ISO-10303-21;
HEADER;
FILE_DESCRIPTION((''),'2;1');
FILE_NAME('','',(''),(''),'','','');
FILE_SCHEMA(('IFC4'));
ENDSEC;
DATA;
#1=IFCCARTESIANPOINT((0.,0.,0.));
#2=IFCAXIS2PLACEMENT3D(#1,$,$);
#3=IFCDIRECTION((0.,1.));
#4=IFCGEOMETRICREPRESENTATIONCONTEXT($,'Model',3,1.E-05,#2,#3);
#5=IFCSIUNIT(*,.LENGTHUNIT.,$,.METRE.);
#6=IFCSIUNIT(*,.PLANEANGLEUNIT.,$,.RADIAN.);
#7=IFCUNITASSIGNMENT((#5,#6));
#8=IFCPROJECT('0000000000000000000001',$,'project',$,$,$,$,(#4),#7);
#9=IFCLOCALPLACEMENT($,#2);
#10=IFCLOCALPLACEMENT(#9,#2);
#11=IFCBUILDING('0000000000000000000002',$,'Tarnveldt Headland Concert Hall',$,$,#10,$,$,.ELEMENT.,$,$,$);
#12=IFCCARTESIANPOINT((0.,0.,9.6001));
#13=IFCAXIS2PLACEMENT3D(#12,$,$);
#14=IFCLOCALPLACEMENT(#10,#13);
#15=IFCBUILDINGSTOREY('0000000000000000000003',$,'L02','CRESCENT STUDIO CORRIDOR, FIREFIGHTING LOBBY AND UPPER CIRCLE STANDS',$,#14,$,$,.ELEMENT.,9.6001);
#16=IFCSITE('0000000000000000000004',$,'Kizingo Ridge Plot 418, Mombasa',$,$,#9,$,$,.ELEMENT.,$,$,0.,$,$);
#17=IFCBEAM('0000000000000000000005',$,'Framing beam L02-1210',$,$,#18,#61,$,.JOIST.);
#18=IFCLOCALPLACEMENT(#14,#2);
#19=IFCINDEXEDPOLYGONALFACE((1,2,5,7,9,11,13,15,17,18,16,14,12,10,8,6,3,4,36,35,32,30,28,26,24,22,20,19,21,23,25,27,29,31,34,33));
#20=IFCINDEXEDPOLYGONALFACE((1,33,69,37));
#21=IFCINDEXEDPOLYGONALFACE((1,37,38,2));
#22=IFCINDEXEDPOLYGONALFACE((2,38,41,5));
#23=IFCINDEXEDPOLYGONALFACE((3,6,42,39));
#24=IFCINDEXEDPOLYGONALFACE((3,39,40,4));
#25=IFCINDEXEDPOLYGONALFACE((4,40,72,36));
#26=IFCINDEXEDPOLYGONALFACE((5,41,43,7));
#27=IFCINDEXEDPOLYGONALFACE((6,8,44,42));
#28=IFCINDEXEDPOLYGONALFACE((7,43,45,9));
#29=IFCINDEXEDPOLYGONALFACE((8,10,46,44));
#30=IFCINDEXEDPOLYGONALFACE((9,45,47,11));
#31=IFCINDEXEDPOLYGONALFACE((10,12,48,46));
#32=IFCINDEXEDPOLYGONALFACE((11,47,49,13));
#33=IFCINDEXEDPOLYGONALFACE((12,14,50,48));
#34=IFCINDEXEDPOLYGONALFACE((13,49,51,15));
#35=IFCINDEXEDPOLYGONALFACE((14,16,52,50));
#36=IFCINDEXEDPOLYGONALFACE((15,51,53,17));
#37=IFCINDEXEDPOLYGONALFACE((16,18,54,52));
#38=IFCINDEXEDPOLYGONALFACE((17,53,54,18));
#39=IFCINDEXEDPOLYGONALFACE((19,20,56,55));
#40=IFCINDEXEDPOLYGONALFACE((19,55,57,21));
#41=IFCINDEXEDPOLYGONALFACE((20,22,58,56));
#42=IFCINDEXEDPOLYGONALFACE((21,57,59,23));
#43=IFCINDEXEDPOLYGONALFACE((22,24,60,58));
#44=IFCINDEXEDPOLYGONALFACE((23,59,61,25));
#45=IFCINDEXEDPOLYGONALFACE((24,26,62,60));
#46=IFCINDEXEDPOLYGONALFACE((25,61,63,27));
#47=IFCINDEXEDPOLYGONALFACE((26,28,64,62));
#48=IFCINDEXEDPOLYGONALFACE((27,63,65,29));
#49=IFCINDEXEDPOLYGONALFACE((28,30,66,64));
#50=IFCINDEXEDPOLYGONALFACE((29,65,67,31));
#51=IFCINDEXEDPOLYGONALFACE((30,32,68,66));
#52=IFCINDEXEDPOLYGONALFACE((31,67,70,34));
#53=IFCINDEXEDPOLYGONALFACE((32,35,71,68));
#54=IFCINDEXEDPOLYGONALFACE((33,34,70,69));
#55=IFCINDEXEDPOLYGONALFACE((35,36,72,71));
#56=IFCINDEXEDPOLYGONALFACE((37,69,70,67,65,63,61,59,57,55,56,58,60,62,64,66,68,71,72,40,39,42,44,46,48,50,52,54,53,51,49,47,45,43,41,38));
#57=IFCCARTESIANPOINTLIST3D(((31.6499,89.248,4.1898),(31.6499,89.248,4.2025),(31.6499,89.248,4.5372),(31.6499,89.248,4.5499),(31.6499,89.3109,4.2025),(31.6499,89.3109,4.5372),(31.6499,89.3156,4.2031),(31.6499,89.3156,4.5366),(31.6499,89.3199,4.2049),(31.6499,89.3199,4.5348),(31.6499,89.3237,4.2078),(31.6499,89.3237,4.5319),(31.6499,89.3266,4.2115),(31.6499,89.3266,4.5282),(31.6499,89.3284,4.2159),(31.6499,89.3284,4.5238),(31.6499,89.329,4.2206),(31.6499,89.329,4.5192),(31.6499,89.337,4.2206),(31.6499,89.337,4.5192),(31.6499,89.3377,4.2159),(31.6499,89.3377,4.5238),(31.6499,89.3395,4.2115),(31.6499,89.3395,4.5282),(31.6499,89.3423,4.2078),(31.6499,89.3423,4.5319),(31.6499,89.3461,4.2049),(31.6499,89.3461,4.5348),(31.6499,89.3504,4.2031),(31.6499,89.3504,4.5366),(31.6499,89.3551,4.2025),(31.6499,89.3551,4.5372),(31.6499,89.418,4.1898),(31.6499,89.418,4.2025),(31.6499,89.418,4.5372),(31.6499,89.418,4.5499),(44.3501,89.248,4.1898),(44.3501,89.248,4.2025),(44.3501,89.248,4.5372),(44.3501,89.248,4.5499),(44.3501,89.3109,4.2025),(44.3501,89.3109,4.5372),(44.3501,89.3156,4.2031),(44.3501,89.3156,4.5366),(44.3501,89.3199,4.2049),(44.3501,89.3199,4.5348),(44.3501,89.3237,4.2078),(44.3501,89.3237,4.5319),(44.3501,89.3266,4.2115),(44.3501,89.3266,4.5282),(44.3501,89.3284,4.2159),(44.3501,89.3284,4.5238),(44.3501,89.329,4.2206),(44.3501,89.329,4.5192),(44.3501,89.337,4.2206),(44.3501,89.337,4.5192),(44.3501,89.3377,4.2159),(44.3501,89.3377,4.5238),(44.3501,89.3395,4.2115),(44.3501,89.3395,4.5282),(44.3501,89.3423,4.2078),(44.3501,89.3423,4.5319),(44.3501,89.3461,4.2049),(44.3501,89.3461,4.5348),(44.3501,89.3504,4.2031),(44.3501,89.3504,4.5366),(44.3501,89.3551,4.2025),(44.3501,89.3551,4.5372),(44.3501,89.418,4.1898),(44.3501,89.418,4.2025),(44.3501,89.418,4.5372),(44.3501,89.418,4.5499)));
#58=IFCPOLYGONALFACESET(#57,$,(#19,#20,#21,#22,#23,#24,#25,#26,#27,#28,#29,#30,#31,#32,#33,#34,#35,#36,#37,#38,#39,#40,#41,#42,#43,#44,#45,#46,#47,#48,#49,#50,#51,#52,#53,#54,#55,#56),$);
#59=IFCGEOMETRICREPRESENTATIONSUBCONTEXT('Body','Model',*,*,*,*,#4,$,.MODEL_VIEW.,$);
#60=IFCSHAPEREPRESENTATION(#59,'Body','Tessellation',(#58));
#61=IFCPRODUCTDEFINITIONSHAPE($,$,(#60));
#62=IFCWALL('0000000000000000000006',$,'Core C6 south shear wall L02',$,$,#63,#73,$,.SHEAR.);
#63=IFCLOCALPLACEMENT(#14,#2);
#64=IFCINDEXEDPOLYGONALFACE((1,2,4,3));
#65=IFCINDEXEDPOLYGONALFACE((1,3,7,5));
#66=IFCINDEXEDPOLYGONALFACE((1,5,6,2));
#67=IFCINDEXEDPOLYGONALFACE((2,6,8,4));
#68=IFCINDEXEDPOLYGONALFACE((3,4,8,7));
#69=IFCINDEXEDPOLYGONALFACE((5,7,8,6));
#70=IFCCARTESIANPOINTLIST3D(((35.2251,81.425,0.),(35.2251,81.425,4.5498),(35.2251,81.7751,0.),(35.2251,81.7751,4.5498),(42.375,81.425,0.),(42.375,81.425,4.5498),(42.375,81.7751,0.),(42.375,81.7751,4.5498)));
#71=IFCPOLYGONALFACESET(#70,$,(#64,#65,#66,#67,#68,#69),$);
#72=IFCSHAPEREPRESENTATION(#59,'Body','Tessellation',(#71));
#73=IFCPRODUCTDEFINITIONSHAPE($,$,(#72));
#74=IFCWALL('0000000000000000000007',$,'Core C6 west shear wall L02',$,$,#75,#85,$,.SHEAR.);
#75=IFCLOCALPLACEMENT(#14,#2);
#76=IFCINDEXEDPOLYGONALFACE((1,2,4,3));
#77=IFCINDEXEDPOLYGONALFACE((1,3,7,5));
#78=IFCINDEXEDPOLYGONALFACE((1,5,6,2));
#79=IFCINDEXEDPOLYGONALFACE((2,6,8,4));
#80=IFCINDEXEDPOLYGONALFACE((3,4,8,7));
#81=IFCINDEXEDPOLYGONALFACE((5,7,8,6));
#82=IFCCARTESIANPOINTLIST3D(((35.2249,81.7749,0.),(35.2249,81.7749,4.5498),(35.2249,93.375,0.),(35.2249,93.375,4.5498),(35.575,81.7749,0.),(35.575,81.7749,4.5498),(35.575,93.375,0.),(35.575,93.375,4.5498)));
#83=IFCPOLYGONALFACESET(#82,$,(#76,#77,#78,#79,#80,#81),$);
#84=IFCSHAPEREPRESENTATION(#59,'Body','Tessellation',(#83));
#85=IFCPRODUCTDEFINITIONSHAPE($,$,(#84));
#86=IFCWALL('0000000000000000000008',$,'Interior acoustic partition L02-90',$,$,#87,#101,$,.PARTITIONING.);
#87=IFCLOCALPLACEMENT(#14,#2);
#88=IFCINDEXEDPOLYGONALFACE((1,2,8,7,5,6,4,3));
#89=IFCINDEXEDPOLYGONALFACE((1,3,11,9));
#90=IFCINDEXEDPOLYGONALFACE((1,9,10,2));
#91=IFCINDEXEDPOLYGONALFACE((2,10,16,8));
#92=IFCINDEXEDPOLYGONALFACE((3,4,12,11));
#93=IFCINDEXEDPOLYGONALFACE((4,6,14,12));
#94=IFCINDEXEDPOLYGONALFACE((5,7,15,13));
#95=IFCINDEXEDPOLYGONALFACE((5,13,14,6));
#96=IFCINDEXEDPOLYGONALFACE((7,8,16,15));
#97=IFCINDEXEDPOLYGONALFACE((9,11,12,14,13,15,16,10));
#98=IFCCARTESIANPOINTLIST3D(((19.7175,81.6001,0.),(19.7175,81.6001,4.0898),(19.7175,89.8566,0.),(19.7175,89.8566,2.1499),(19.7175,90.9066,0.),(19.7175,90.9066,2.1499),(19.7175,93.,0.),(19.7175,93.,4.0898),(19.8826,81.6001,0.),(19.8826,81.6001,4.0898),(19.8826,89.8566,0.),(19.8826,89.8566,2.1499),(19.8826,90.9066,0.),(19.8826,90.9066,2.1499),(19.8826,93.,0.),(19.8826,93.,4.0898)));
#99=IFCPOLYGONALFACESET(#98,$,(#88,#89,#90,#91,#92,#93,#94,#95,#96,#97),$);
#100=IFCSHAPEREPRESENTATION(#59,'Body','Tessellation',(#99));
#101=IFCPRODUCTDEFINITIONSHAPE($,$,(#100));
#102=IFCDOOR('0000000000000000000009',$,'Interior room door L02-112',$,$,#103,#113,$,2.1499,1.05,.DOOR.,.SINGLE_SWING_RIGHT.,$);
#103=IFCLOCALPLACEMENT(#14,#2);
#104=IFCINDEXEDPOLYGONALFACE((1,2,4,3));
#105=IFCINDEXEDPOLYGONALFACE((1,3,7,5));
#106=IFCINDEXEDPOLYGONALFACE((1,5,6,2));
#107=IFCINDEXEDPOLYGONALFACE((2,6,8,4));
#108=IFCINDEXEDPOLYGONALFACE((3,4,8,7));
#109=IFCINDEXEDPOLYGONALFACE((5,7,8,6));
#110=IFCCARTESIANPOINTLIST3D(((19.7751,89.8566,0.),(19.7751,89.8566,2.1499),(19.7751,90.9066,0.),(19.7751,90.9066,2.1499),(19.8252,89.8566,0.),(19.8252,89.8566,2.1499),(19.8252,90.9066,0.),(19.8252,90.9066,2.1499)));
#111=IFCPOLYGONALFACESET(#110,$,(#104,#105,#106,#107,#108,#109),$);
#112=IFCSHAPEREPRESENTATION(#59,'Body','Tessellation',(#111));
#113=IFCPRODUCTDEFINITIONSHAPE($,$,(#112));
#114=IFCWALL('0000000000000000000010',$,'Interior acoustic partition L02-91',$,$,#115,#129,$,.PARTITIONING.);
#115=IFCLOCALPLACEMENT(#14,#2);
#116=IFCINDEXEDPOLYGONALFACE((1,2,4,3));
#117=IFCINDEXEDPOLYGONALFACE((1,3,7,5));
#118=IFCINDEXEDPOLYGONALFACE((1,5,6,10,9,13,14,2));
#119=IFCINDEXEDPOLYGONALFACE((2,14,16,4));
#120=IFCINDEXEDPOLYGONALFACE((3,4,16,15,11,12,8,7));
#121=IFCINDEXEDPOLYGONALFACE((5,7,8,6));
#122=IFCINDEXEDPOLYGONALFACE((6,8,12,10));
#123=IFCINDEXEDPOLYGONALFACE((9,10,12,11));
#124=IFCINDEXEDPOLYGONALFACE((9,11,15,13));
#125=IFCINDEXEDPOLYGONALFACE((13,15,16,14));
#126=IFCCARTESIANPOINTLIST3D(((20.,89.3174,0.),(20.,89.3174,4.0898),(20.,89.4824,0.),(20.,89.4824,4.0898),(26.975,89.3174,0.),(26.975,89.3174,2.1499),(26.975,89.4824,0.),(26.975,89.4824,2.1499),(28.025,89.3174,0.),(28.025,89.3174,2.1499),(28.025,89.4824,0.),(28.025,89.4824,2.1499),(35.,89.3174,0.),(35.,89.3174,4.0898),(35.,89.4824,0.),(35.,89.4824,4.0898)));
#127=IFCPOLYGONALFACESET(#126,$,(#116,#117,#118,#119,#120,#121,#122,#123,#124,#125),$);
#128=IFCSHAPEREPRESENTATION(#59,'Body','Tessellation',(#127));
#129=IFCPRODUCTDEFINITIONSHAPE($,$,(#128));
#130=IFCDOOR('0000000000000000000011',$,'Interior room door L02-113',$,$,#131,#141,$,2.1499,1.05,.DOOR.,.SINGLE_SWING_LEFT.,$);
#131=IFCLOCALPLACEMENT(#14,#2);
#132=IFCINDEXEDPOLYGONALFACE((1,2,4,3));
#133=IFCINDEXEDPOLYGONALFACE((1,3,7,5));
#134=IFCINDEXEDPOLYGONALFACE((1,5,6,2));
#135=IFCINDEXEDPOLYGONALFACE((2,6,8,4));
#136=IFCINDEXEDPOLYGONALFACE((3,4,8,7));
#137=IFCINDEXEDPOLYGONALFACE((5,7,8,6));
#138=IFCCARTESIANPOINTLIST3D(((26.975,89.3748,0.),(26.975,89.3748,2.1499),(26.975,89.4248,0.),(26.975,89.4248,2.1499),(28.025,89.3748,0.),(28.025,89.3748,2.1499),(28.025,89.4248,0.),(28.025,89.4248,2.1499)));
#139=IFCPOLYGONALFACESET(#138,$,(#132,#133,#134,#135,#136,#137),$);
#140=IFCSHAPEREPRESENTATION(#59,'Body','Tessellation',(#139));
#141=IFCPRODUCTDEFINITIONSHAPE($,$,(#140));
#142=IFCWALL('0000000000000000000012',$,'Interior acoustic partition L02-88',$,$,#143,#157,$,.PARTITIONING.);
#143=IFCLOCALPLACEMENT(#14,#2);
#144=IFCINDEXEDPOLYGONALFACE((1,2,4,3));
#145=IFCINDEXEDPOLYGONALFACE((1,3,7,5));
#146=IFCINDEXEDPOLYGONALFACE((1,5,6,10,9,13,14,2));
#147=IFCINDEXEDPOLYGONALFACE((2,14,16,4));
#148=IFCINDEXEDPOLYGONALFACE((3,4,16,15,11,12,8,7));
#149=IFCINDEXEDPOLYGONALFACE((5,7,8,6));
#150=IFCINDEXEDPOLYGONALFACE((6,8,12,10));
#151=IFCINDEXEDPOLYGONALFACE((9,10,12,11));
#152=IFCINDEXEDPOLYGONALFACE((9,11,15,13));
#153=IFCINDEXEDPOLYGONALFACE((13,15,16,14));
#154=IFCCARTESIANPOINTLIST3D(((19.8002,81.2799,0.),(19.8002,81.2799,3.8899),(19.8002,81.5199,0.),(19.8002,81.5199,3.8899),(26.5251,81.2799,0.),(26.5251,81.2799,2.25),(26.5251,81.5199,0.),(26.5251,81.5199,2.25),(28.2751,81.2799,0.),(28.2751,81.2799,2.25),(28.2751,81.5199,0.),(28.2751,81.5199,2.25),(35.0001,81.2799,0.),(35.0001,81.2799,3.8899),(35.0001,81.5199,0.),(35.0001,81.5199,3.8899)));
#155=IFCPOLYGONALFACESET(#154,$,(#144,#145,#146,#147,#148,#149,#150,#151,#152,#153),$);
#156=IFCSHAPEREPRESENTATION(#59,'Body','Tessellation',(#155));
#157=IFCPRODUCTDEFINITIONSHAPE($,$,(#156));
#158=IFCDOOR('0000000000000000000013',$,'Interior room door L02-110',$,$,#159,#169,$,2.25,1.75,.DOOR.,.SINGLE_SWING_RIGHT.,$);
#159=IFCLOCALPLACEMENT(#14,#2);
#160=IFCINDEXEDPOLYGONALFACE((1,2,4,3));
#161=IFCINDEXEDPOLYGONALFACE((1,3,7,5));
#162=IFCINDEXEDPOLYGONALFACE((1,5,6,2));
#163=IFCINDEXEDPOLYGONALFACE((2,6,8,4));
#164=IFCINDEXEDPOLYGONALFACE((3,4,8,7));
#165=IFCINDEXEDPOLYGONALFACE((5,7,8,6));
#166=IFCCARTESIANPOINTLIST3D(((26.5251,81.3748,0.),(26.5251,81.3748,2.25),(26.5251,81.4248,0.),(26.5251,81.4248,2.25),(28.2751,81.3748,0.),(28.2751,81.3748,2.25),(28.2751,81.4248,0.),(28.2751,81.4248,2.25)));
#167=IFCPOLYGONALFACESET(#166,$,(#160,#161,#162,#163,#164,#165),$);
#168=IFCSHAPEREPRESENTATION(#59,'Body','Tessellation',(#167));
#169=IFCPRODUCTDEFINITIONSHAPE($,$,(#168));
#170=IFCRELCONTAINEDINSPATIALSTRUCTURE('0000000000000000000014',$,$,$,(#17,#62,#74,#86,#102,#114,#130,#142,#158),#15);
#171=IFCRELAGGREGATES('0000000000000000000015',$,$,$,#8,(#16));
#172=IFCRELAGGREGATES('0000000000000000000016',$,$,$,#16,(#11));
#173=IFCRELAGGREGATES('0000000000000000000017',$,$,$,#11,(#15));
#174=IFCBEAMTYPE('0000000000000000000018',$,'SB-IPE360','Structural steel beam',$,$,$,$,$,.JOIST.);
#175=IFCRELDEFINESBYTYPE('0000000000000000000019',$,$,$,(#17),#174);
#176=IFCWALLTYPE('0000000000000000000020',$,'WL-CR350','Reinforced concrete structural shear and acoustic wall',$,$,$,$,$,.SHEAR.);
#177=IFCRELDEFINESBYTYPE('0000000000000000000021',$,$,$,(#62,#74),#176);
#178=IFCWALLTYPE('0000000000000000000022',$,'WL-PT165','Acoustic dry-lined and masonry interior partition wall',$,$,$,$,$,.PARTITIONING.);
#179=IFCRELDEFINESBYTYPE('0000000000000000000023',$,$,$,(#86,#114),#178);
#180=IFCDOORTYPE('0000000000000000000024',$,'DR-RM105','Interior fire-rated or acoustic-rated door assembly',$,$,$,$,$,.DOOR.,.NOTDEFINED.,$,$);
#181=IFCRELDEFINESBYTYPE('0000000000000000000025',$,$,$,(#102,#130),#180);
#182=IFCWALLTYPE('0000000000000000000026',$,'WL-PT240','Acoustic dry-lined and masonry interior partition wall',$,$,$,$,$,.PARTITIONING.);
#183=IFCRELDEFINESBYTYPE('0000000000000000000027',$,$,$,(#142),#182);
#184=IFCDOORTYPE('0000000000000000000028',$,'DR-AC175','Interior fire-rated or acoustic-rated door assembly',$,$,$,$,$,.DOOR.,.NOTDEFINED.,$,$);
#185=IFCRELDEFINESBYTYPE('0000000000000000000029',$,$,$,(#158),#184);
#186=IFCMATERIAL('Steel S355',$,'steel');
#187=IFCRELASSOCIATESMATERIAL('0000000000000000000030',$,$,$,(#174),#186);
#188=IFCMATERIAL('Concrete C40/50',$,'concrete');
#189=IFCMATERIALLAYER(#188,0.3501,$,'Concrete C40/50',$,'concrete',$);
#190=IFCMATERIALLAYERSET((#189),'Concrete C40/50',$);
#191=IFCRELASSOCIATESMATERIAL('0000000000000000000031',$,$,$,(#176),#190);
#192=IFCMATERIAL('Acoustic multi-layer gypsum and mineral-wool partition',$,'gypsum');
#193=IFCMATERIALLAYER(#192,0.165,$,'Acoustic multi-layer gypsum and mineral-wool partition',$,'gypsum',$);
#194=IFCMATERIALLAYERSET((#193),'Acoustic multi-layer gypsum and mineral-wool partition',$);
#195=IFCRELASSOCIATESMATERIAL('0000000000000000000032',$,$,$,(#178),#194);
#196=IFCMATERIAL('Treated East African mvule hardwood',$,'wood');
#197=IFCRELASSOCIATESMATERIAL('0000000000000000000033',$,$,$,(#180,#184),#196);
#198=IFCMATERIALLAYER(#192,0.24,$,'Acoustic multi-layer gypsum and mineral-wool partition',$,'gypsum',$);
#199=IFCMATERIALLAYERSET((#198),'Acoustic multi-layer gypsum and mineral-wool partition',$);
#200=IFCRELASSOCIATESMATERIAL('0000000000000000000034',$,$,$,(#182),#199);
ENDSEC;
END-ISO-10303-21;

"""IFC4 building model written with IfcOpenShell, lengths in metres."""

from ifc_helpers import new_model, si_unit, direction, frame, frame_2d, origin, origin_2d, place, context, subcontext, project, spatial, rectangle, i_section, extrude, material, layer, layer_set, material_profile, profile_set, type_object, element, fill, save


model = new_model("IFC4")

# Units and contexts
model_context = context("Model", 3, precision=1e-05, world=origin(), true_north=direction((0.0, 1.0)))
body_context = subcontext(model_context, "Body", "Model", "MODEL_VIEW")
ifc_project = project(units=[si_unit("LENGTHUNIT", "METRE"), si_unit("PLANEANGLEUNIT", "RADIAN")], contexts=[model_context])

# Site, building, storey
site_placement = place(None, origin())
site = spatial("IfcSite", under=ifc_project, at=site_placement, Name="Kizingo Ridge Plot 418, Mombasa", CompositionType="ELEMENT", RefElevation=0.0)
building_placement = place(site_placement, origin())
building = spatial("IfcBuilding", under=site, at=building_placement, Name="Tarnveldt Headland Concert Hall", CompositionType="ELEMENT")
storey_placement = place(building_placement, frame((0.0, 0.0, 9.6001)))
storey = spatial("IfcBuildingStorey", under=building, at=storey_placement, Name="L02", Description="CRESCENT STUDIO CORRIDOR, FIREFIGHTING LOBBY AND UPPER CIRCLE STANDS", CompositionType="ELEMENT", Elevation=9.6001)

# Shared definitions
ifc_material_1 = material(Name="Steel S355", Category="steel")

# Beam
ifc_material_profile_1 = material_profile(ifc_material_1, i_section(OverallWidth=0.1699, OverallDepth=0.3601, WebThickness=0.0081, FlangeThickness=0.0127, FilletRadius=0.0181, at=origin_2d()), Name="IPE360", Category="steel")
ifc_profile_set_1 = profile_set([ifc_material_profile_1], Name="Steel S355")
beam_type_1 = type_object("IfcBeamType", Name="SB-IPE360", Description="Structural steel beam", PredefinedType="JOIST", material=ifc_profile_set_1)
beam_1_placement = place(storey_placement, frame((31.6499, 89.333, 4.3699), z_axis=(1.0, 0.0, 0.0), x_axis=(0.0, 1.0, 0.0)))
element("IfcBeam", 1, at=beam_1_placement, inside=storey, type_object=beam_type_1, Name="Framing beam L02-1210", PredefinedType="JOIST", context=body_context, shape_type="SweptSolid", body=[
    extrude(i_section(OverallWidth=0.1699, OverallDepth=0.3601, WebThickness=0.0081, FlangeThickness=0.0127, FilletRadius=0.0181, at=origin_2d()), origin(), (0.0, 0.0, 1.0), 12.7002),
])

# Walls
ifc_material_2 = material(Name="Concrete C40/50", Category="concrete")
ifc_layer_1 = layer(ifc_material_2, 0.3501, Name="Concrete C40/50", Category="concrete")
ifc_layer_set_1 = layer_set([ifc_layer_1], Name="Concrete C40/50")
wall_type_1 = type_object("IfcWallType", Name="WL-CR350", Description="Reinforced concrete structural shear and acoustic wall", PredefinedType="SHEAR", material=ifc_layer_set_1)
wall_1_placement = place(storey_placement, frame((35.2251, 81.6001, 0.0), z_axis=(0.0, 0.0, 1.0), x_axis=(1.0, 0.0, 0.0)))
element("IfcWall", 2, at=wall_1_placement, inside=storey, type_object=wall_type_1, Name="Core C6 south shear wall L02", PredefinedType="SHEAR", context=body_context, shape_type="SweptSolid", body=[
    extrude(rectangle(XDim=7.1499, YDim=0.3501, at=frame_2d((3.575, 0.0))), origin(), (0.0, 0.0, 1.0), 4.5498),
])
wall_2_placement = place(storey_placement, frame((35.3999, 81.7749, 0.0), z_axis=(0.0, 0.0, 1.0), x_axis=(0.0, 1.0, 0.0)))
element("IfcWall", 3, at=wall_2_placement, inside=storey, type_object=wall_type_1, Name="Core C6 west shear wall L02", PredefinedType="SHEAR", context=body_context, shape_type="SweptSolid", body=[
    extrude(rectangle(XDim=11.6001, YDim=0.3501, at=frame_2d((5.8, 0.0))), origin(), (0.0, 0.0, 1.0), 4.5498),
])

# Walls, openings, doors
ifc_material_3 = material(Name="Acoustic multi-layer gypsum and mineral-wool partition", Category="gypsum")
ifc_layer_2 = layer(ifc_material_3, 0.165, Name="Acoustic multi-layer gypsum and mineral-wool partition", Category="gypsum")
ifc_layer_set_2 = layer_set([ifc_layer_2], Name="Acoustic multi-layer gypsum and mineral-wool partition")
wall_type_2 = type_object("IfcWallType", Name="WL-PT165", Description="Acoustic dry-lined and masonry interior partition wall", PredefinedType="PARTITIONING", material=ifc_layer_set_2)
wall_3_placement = place(storey_placement, frame((19.8, 81.6001, 0.0), z_axis=(0.0, 0.0, 1.0), x_axis=(0.0, 1.0, 0.0)))
wall_3 = element("IfcWall", 4, at=wall_3_placement, inside=storey, type_object=wall_type_2, Name="Interior acoustic partition L02-90", PredefinedType="PARTITIONING", context=body_context, shape_type="SweptSolid", body=[
    extrude(rectangle(XDim=11.3999, YDim=0.165, at=frame_2d((5.7, 0.0))), origin(), (0.0, 0.0, 1.0), 4.0898),
])
opening_1_placement = place(wall_3_placement, frame((8.2566, 0.0, 0.0)))
opening_1 = element("IfcOpeningElement", 5, at=opening_1_placement, cuts=wall_3, PredefinedType="OPENING", context=body_context, shape_type="SweptSolid", body=[
    extrude(rectangle(XDim=1.05, YDim=2.1499, at=frame_2d((0.5249, 1.075))), frame((0.0, 0.0925, 0.0), z_axis=(0.0, -1.0, 0.0), x_axis=(1.0, 0.0, 0.0)), (0.0, 0.0, 1.0), 0.1851),
])
ifc_material_4 = material(Name="Treated East African mvule hardwood", Category="wood")
door_type_1 = type_object("IfcDoorType", Name="DR-RM105", Description="Interior fire-rated or acoustic-rated door assembly", OperationType="NOTDEFINED", PredefinedType="DOOR", material=ifc_material_4)
door_1_placement = place(opening_1_placement, origin())
door_1 = element("IfcDoor", 6, at=door_1_placement, inside=storey, type_object=door_type_1, Name="Interior room door L02-112", OperationType="SINGLE_SWING_RIGHT", OverallHeight=2.1499, OverallWidth=1.05, PredefinedType="DOOR", context=body_context, shape_type="SweptSolid", body=[
    extrude(rectangle(XDim=1.05, YDim=2.1499, at=frame_2d((0.5249, 1.075))), frame((0.0, 0.0249, 0.0), z_axis=(0.0, -1.0, 0.0), x_axis=(1.0, 0.0, 0.0)), (0.0, 0.0, 1.0), 0.05),
])
fill(opening_1, door_1)
wall_4_placement = place(storey_placement, frame((20.0, 89.3999, 0.0), z_axis=(0.0, 0.0, 1.0), x_axis=(1.0, 0.0, 0.0)))
wall_4 = element("IfcWall", 7, at=wall_4_placement, inside=storey, type_object=wall_type_2, Name="Interior acoustic partition L02-91", PredefinedType="PARTITIONING", context=body_context, shape_type="SweptSolid", body=[
    extrude(rectangle(XDim=15.0, YDim=0.165, at=frame_2d((7.5, 0.0))), origin(), (0.0, 0.0, 1.0), 4.0898),
])
opening_2_placement = place(wall_4_placement, frame((6.9751, 0.0, 0.0)))
opening_2 = element("IfcOpeningElement", 8, at=opening_2_placement, cuts=wall_4, PredefinedType="OPENING", context=body_context, shape_type="SweptSolid", body=[
    extrude(rectangle(XDim=1.05, YDim=2.1499, at=frame_2d((0.5249, 1.075))), frame((0.0, 0.0925, 0.0), z_axis=(0.0, -1.0, 0.0), x_axis=(1.0, 0.0, 0.0)), (0.0, 0.0, 1.0), 0.1851),
])
door_2_placement = place(opening_2_placement, origin())
door_2 = element("IfcDoor", 9, at=door_2_placement, inside=storey, type_object=door_type_1, Name="Interior room door L02-113", OperationType="SINGLE_SWING_LEFT", OverallHeight=2.1499, OverallWidth=1.05, PredefinedType="DOOR", context=body_context, shape_type="SweptSolid", body=[
    extrude(rectangle(XDim=1.05, YDim=2.1499, at=frame_2d((0.5249, 1.075))), frame((0.0, 0.0249, 0.0), z_axis=(0.0, -1.0, 0.0), x_axis=(1.0, 0.0, 0.0)), (0.0, 0.0, 1.0), 0.05),
])
fill(opening_2, door_2)
ifc_layer_3 = layer(ifc_material_3, 0.24, Name="Acoustic multi-layer gypsum and mineral-wool partition", Category="gypsum")
ifc_layer_set_3 = layer_set([ifc_layer_3], Name="Acoustic multi-layer gypsum and mineral-wool partition")
wall_type_3 = type_object("IfcWallType", Name="WL-PT240", Description="Acoustic dry-lined and masonry interior partition wall", PredefinedType="PARTITIONING", material=ifc_layer_set_3)
wall_5_placement = place(storey_placement, frame((19.8, 81.3999, 0.0), z_axis=(0.0, 0.0, 1.0), x_axis=(1.0, 0.0, 0.0)))
wall_5 = element("IfcWall", 10, at=wall_5_placement, inside=storey, type_object=wall_type_3, Name="Interior acoustic partition L02-88", PredefinedType="PARTITIONING", context=body_context, shape_type="SweptSolid", body=[
    extrude(rectangle(XDim=15.2, YDim=0.24, at=frame_2d((7.6001, 0.0))), origin(), (0.0, 0.0, 1.0), 3.8899),
])
opening_3_placement = place(wall_5_placement, frame((6.7251, 0.0, 0.0)))
opening_3 = element("IfcOpeningElement", 11, at=opening_3_placement, cuts=wall_5, PredefinedType="OPENING", context=body_context, shape_type="SweptSolid", body=[
    extrude(rectangle(XDim=1.75, YDim=2.25, at=frame_2d((0.875, 1.125))), frame((0.0, 0.1299, 0.0), z_axis=(0.0, -1.0, 0.0), x_axis=(1.0, 0.0, 0.0)), (0.0, 0.0, 1.0), 0.26),
])
door_type_2 = type_object("IfcDoorType", Name="DR-AC175", Description="Interior fire-rated or acoustic-rated door assembly", OperationType="NOTDEFINED", PredefinedType="DOOR", material=ifc_material_4)
door_3_placement = place(opening_3_placement, origin())
door_3 = element("IfcDoor", 12, at=door_3_placement, inside=storey, type_object=door_type_2, Name="Interior room door L02-110", OperationType="SINGLE_SWING_RIGHT", OverallHeight=2.25, OverallWidth=1.75, PredefinedType="DOOR", context=body_context, shape_type="SweptSolid", body=[
    extrude(rectangle(XDim=1.75, YDim=2.25, at=frame_2d((0.875, 1.125))), frame((0.0, 0.0249, 0.0), z_axis=(0.0, -1.0, 0.0), x_axis=(1.0, 0.0, 0.0)), (0.0, 0.0, 1.0), 0.05),
])
fill(opening_3, door_3)

save(model, "model.ifc")
